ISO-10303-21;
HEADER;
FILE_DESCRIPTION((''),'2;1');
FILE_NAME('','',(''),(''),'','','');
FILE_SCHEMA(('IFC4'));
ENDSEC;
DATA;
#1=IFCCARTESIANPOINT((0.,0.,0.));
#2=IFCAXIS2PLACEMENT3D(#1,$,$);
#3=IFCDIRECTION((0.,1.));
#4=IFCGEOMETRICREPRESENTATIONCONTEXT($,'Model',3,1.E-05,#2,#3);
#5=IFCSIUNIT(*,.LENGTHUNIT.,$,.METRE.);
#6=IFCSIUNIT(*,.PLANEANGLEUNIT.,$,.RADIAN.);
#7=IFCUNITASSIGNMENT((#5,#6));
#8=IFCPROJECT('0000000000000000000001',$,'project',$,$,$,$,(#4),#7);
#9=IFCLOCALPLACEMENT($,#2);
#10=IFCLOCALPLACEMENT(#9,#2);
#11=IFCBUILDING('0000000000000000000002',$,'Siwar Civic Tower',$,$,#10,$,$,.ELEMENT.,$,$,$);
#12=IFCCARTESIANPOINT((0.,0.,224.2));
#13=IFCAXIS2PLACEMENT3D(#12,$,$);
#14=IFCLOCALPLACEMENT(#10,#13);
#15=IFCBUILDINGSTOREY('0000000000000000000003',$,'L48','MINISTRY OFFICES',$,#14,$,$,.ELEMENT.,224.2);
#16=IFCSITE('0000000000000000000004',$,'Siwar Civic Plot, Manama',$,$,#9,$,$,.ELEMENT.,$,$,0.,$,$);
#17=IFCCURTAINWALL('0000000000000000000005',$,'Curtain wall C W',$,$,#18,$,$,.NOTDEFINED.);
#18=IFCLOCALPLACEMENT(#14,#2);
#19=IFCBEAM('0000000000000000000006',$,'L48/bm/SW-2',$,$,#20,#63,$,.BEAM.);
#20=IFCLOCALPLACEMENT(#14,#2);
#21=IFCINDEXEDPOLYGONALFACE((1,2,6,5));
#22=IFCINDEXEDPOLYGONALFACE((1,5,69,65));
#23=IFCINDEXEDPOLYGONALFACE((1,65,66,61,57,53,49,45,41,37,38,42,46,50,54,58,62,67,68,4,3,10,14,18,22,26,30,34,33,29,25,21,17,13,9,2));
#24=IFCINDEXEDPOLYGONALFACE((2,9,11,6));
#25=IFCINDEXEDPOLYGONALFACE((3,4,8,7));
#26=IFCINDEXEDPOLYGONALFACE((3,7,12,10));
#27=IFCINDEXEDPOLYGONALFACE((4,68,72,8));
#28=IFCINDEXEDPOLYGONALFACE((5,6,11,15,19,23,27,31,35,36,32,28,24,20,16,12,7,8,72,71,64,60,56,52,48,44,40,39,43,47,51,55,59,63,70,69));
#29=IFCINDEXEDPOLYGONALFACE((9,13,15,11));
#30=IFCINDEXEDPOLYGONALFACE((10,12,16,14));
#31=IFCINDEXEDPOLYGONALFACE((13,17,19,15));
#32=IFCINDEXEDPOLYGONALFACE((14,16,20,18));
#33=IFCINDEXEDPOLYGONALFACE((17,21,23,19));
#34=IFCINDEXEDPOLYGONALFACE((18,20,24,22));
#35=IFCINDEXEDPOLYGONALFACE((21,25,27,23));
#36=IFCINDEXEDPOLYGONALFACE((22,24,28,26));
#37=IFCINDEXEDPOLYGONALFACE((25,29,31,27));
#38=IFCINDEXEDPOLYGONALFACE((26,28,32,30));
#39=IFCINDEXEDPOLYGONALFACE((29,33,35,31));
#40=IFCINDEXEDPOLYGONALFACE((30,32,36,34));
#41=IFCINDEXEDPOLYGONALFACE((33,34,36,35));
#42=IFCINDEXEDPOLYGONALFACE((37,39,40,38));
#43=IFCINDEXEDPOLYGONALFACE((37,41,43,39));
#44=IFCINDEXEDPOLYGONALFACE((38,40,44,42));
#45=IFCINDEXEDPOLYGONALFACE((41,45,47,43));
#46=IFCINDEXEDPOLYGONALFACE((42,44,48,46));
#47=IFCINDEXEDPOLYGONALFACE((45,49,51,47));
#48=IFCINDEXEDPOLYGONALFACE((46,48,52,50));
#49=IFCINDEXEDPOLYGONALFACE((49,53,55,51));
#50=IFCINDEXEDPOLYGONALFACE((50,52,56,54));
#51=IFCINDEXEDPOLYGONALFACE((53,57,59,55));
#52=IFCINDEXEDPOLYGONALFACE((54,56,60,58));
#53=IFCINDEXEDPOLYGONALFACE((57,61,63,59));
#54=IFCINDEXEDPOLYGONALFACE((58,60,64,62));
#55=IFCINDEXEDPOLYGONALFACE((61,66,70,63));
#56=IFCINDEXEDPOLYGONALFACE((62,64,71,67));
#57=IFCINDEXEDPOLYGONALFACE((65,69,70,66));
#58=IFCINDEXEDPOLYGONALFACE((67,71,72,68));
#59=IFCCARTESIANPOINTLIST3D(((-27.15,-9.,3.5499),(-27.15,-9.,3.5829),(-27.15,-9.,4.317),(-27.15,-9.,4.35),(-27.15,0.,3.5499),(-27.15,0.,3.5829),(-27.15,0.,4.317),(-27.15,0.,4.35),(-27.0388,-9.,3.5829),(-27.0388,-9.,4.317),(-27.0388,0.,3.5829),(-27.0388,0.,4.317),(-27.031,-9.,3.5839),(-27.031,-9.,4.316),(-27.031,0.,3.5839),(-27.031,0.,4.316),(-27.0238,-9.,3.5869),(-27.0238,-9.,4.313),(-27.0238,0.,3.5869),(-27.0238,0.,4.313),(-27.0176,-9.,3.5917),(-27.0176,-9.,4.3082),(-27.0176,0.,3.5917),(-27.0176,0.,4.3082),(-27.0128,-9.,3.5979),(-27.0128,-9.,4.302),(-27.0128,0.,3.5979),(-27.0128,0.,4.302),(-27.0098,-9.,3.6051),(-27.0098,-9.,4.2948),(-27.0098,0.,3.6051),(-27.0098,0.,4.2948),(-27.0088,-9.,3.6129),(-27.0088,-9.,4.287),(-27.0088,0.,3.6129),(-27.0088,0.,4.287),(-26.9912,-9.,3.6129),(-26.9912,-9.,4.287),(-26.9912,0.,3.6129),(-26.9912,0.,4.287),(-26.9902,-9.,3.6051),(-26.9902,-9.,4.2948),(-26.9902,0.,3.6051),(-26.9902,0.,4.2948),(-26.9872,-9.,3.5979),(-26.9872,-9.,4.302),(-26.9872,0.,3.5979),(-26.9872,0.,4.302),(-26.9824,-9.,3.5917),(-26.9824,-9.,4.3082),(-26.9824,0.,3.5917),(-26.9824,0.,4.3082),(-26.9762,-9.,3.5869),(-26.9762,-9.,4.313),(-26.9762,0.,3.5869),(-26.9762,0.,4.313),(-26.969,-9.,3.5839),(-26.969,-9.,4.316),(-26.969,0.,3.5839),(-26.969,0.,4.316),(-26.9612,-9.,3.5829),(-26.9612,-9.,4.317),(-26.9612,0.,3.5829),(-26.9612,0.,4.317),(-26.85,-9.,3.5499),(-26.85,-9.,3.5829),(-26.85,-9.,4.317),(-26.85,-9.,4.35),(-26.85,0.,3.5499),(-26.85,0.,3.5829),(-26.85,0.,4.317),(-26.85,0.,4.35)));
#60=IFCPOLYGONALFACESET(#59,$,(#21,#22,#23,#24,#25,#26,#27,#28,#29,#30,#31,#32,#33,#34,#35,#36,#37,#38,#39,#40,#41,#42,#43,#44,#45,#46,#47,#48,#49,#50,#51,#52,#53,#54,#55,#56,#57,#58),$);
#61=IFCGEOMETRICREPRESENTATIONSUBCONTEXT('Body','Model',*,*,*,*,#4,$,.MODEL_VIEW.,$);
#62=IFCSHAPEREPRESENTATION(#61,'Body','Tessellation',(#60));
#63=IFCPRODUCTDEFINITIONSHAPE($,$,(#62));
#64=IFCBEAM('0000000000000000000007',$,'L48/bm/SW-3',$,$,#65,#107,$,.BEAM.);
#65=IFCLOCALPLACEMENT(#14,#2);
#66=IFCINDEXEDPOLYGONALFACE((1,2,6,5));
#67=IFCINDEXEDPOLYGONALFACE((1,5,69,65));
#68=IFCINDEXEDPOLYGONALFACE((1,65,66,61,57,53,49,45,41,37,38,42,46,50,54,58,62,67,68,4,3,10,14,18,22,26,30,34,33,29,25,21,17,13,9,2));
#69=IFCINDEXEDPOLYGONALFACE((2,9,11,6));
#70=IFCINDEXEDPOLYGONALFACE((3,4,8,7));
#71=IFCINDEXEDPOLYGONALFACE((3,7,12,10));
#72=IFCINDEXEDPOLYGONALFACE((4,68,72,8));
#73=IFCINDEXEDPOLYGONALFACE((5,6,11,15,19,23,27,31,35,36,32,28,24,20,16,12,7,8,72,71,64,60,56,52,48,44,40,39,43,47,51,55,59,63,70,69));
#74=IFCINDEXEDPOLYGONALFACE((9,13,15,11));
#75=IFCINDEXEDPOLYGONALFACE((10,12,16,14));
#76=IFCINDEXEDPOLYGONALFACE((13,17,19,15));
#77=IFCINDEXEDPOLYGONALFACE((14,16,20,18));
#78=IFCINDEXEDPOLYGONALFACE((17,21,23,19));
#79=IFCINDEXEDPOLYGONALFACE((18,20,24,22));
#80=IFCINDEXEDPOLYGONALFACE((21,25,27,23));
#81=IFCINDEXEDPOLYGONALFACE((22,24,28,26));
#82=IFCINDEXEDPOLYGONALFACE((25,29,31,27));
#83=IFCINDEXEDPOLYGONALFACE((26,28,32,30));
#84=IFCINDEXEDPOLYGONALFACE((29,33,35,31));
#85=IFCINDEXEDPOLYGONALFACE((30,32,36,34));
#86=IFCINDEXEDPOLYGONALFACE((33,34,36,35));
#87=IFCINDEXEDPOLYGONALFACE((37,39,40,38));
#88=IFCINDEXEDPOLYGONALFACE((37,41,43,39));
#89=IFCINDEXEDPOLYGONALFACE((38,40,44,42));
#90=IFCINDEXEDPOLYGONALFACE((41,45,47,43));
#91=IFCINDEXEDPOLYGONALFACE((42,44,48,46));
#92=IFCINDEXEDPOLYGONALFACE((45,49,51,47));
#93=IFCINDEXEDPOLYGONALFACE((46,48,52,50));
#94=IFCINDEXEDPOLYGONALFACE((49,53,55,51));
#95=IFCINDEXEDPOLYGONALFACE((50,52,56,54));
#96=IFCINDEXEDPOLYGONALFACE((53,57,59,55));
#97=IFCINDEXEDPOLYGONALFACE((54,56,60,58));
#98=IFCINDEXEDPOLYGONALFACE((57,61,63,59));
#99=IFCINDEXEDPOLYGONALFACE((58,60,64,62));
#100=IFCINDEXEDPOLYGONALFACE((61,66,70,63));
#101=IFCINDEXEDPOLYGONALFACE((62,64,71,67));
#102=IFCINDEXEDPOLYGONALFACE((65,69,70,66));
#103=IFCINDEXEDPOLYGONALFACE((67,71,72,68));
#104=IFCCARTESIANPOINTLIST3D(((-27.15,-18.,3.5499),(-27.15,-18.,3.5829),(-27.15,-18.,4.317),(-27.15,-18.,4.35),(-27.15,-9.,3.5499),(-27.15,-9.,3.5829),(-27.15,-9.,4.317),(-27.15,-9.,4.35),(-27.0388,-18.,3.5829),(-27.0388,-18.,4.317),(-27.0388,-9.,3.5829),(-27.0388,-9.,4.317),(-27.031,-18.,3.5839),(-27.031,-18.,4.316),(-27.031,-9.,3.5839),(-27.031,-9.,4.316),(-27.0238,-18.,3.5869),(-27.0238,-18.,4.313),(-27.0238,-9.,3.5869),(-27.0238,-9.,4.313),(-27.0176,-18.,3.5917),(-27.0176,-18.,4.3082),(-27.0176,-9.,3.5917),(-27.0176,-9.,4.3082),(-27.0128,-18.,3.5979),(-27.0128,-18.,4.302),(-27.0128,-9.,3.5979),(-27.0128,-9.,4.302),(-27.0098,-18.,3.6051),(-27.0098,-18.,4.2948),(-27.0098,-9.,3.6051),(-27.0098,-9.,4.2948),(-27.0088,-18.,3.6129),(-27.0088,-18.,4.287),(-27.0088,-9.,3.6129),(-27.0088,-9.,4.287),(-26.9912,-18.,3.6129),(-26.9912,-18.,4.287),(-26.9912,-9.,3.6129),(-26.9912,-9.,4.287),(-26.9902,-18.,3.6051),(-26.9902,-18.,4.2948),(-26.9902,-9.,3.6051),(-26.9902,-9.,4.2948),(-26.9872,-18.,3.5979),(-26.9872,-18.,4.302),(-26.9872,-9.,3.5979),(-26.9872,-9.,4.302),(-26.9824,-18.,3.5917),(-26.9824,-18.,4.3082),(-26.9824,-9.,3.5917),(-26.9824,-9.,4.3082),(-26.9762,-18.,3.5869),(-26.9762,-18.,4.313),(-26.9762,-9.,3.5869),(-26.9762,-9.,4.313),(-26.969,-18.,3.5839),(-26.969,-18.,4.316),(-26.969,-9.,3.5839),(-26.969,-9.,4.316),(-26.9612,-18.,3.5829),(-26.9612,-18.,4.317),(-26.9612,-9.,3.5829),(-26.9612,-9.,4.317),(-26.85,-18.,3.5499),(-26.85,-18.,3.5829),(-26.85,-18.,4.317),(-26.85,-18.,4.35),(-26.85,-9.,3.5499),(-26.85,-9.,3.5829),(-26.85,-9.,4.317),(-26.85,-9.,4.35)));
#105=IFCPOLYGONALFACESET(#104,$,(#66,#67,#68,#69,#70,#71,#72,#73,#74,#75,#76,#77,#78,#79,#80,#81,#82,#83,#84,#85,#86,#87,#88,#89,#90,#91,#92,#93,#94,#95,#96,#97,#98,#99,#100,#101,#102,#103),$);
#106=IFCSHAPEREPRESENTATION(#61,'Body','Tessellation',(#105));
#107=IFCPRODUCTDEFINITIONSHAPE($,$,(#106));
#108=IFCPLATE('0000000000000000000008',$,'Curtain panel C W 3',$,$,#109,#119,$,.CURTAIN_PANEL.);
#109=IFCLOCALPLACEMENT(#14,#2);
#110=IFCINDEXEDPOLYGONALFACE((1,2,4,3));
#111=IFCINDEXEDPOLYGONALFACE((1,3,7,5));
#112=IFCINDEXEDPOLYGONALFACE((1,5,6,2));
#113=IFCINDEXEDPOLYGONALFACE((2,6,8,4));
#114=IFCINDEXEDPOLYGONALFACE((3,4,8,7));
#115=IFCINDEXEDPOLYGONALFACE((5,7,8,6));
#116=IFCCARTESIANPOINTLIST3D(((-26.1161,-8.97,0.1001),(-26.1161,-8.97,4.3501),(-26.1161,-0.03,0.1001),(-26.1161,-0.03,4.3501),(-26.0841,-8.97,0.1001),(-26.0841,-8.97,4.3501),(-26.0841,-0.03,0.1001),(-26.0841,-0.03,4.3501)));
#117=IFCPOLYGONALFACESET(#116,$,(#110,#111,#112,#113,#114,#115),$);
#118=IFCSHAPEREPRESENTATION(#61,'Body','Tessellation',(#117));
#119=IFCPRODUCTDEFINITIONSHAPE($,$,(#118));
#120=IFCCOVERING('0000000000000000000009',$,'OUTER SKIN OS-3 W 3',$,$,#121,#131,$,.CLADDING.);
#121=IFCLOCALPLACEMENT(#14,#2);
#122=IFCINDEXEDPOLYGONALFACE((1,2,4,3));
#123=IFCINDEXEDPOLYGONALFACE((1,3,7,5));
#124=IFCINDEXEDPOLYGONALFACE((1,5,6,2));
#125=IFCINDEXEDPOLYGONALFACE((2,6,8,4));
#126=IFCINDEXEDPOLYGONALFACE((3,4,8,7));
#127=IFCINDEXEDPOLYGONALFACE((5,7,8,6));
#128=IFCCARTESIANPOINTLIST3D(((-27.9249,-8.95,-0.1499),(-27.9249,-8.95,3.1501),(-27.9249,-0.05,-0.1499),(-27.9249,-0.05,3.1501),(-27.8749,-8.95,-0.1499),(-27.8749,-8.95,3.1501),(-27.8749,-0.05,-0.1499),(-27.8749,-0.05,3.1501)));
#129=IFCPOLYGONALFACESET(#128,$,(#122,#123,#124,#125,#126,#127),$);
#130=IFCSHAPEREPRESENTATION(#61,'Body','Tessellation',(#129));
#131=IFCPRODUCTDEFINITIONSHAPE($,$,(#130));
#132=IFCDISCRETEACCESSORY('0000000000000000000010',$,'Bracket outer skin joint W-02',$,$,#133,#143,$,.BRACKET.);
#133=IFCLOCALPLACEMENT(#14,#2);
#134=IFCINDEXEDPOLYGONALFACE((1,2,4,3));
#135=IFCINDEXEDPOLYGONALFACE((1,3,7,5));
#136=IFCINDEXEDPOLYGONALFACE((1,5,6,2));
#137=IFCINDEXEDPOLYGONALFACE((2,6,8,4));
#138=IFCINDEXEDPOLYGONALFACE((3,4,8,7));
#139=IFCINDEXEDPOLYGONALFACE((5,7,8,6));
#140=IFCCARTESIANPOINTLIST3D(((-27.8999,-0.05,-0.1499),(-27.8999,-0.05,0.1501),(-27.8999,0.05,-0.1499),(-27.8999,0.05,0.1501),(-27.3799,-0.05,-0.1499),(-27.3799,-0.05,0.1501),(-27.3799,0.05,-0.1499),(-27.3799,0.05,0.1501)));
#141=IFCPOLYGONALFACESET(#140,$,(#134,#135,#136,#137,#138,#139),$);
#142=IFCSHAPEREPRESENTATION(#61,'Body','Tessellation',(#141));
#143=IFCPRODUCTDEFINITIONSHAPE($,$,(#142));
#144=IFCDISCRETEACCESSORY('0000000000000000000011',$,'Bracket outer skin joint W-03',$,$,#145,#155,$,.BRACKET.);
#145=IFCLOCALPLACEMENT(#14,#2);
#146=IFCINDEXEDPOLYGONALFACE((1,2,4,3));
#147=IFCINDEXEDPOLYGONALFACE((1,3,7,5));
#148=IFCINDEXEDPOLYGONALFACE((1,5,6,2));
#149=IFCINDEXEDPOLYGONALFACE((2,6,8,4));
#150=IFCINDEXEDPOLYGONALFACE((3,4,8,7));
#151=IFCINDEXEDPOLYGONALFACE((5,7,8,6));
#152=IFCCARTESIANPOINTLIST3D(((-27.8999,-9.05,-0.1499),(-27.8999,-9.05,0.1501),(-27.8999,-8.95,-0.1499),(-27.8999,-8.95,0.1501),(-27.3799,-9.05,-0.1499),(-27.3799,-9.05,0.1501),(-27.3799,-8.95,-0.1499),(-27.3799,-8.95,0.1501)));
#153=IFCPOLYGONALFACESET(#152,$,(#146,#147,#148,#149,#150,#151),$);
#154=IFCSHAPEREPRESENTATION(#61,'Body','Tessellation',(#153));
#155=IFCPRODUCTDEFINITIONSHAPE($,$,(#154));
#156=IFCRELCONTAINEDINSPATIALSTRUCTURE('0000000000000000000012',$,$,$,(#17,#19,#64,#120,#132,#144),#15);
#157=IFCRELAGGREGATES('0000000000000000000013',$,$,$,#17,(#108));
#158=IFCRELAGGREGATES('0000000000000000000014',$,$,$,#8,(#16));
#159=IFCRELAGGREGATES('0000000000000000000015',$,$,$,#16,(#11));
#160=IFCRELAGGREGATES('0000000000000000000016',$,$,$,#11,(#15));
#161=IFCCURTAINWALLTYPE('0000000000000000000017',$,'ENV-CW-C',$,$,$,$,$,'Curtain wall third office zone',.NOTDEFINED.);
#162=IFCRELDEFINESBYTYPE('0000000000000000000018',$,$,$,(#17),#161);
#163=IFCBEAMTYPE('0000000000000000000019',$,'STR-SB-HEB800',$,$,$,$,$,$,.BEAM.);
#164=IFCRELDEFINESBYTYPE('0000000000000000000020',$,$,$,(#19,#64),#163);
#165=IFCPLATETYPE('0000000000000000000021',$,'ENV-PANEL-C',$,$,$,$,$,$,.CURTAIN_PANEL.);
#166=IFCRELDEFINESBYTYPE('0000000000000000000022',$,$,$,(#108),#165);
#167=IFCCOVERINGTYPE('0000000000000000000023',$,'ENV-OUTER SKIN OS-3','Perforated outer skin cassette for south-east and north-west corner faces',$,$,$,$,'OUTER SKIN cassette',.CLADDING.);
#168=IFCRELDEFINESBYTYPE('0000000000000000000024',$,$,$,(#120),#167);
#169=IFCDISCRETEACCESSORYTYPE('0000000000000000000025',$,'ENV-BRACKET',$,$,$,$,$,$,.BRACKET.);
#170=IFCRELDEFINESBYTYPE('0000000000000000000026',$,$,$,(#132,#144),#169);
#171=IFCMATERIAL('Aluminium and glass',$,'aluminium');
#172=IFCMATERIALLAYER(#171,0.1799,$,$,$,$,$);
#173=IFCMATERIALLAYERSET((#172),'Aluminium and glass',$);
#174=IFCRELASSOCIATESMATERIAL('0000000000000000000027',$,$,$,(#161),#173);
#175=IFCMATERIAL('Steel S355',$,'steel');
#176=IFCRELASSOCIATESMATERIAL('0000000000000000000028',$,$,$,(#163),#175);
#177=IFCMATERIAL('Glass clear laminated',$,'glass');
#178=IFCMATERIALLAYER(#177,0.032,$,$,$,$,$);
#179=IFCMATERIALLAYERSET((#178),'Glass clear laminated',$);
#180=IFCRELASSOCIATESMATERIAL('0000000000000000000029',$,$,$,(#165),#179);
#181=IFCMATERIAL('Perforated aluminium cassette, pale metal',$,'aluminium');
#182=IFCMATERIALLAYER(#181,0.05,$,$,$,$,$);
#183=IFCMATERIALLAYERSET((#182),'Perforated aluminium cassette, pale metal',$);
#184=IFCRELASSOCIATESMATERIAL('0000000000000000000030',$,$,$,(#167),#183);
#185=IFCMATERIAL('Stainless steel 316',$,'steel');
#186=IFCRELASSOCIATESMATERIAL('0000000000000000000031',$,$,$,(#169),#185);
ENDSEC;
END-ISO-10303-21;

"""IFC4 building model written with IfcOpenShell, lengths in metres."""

from ifc_helpers import new_model, si_unit, direction, frame, origin, origin_2d, place, context, subcontext, project, spatial, rectangle, i_section, extrude, material, layer, layer_set, material_profile, profile_set, type_object, element, aggregate, save


model = new_model("IFC4")

# Units and contexts
model_context = context("Model", 3, precision=1e-05, world=origin(), true_north=direction((0.0, 1.0)))
body_context = subcontext(model_context, "Body", "Model", "MODEL_VIEW")
ifc_project = project(units=[si_unit("LENGTHUNIT", "METRE"), si_unit("PLANEANGLEUNIT", "RADIAN")], contexts=[model_context])

# Site, building, storey
site_placement = place(None, origin())
site = spatial("IfcSite", under=ifc_project, at=site_placement, Name="Siwar Civic Plot, Manama", CompositionType="ELEMENT", RefElevation=0.0)
building_placement = place(site_placement, origin())
building = spatial("IfcBuilding", under=site, at=building_placement, Name="Siwar Civic Tower", CompositionType="ELEMENT")
storey_placement = place(building_placement, frame((0.0, 0.0, 224.2)))
storey = spatial("IfcBuildingStorey", under=building, at=storey_placement, Name="L48", Description="MINISTRY OFFICES", CompositionType="ELEMENT", Elevation=224.2)

# Curtain wall
ifc_material_1 = material(Name="Aluminium and glass", Category="aluminium")
ifc_layer_1 = layer(ifc_material_1, 0.1799)
ifc_layer_set_1 = layer_set([ifc_layer_1], Name="Aluminium and glass")
curtain_wall_type = type_object("IfcCurtainWallType", Name="ENV-CW-C", ElementType="Curtain wall third office zone", PredefinedType="NOTDEFINED", material=ifc_layer_set_1)
curtain_wall_placement = place(storey_placement, origin())
curtain_wall = element("IfcCurtainWall", 1, at=curtain_wall_placement, inside=storey, type_object=curtain_wall_type, Name="Curtain wall C W", PredefinedType="NOTDEFINED")

# Beams
ifc_material_2 = material(Name="Steel S355", Category="steel")
ifc_material_profile_1 = material_profile(ifc_material_2, i_section(OverallWidth=0.3, OverallDepth=0.8, WebThickness=0.0176, FlangeThickness=0.033, FilletRadius=0.03, at=origin_2d()), Name="HEB800")
ifc_profile_set_1 = profile_set([ifc_material_profile_1], Name="Steel S355")
beam_type_1 = type_object("IfcBeamType", Name="STR-SB-HEB800", PredefinedType="BEAM", material=ifc_profile_set_1)
for number, where, z_axis, x_axis, name in (
    (2, (-27.0, 0.0, 3.95), (0.0, -1.0, 0.0), (1.0, 0.0, 0.0), "L48/bm/SW-2"),
    (3, (-27.0, -9.0, 3.95), (0.0, -1.0, 0.0), (1.0, 0.0, 0.0), "L48/bm/SW-3"),
):
    element("IfcBeam", number, at=place(storey_placement, frame(where, z_axis=z_axis, x_axis=x_axis)), inside=storey, type_object=beam_type_1, Name=name, PredefinedType="BEAM", context=body_context, shape_type="SweptSolid", body=[
        extrude(i_section(OverallWidth=0.3, OverallDepth=0.8, WebThickness=0.0176, FlangeThickness=0.033, FilletRadius=0.03, at=origin_2d()), origin(), (0.0, 0.0, 1.0), 9.0),
    ])

# Plate
ifc_material_3 = material(Name="Glass clear laminated", Category="glass")
ifc_layer_2 = layer(ifc_material_3, 0.032)
ifc_layer_set_2 = layer_set([ifc_layer_2], Name="Glass clear laminated")
plate_type = type_object("IfcPlateType", Name="ENV-PANEL-C", PredefinedType="CURTAIN_PANEL", material=ifc_layer_set_2)
plate_placement = place(storey_placement, frame((-26.1001, -4.5, 0.1001), z_axis=(0.0, 0.0, 1.0), x_axis=(0.0, -1.0, 0.0)))
plate = element("IfcPlate", 4, at=plate_placement, type_object=plate_type, Name="Curtain panel C W 3", PredefinedType="CURTAIN_PANEL", context=body_context, shape_type="SweptSolid", body=[
    extrude(rectangle(XDim=8.9399, YDim=0.032, at=origin_2d()), origin(), (0.0, 0.0, 1.0), 4.25),
])
aggregate(curtain_wall, [plate])

# Covering
ifc_material_4 = material(Name="Perforated aluminium cassette, pale metal", Category="aluminium")
ifc_layer_3 = layer(ifc_material_4, 0.05)
ifc_layer_set_3 = layer_set([ifc_layer_3], Name="Perforated aluminium cassette, pale metal")
covering_type = type_object("IfcCoveringType", Name="ENV-OUTER SKIN OS-3", Description="Perforated outer skin cassette for south-east and north-west corner faces", ElementType="OUTER SKIN cassette", PredefinedType="CLADDING", material=ifc_layer_set_3)
covering_placement = place(storey_placement, frame((-27.8999, -4.5, -0.1499), z_axis=(0.0, 0.0, 1.0), x_axis=(0.0, -1.0, 0.0)))
element("IfcCovering", 5, at=covering_placement, inside=storey, type_object=covering_type, Name="OUTER SKIN OS-3 W 3", PredefinedType="CLADDING", context=body_context, shape_type="SweptSolid", body=[
    extrude(rectangle(XDim=8.8999, YDim=0.05, at=origin_2d()), origin(), (0.0, 0.0, 1.0), 3.3),
])

# Discrete accessories
ifc_material_5 = material(Name="Stainless steel 316", Category="steel")
discrete_accessory_type = type_object("IfcDiscreteAccessoryType", Name="ENV-BRACKET", PredefinedType="BRACKET", material=ifc_material_5)
for number, where, z_axis, x_axis, name in (
    (6, (-27.6399, 0.0, -0.1499), (0.0, 0.0, 1.0), (-1.0, 0.0, 0.0), "Bracket outer skin joint W-02"),
    (7, (-27.6399, -9.0, -0.1499), (0.0, 0.0, 1.0), (-1.0, 0.0, 0.0), "Bracket outer skin joint W-03"),
):
    element("IfcDiscreteAccessory", number, at=place(storey_placement, frame(where, z_axis=z_axis, x_axis=x_axis)), inside=storey, type_object=discrete_accessory_type, Name=name, PredefinedType="BRACKET", context=body_context, shape_type="SweptSolid", body=[
        extrude(rectangle(XDim=0.52, YDim=0.1001, at=origin_2d()), origin(), (0.0, 0.0, 1.0), 0.3),
    ])

save(model, "model.ifc")
